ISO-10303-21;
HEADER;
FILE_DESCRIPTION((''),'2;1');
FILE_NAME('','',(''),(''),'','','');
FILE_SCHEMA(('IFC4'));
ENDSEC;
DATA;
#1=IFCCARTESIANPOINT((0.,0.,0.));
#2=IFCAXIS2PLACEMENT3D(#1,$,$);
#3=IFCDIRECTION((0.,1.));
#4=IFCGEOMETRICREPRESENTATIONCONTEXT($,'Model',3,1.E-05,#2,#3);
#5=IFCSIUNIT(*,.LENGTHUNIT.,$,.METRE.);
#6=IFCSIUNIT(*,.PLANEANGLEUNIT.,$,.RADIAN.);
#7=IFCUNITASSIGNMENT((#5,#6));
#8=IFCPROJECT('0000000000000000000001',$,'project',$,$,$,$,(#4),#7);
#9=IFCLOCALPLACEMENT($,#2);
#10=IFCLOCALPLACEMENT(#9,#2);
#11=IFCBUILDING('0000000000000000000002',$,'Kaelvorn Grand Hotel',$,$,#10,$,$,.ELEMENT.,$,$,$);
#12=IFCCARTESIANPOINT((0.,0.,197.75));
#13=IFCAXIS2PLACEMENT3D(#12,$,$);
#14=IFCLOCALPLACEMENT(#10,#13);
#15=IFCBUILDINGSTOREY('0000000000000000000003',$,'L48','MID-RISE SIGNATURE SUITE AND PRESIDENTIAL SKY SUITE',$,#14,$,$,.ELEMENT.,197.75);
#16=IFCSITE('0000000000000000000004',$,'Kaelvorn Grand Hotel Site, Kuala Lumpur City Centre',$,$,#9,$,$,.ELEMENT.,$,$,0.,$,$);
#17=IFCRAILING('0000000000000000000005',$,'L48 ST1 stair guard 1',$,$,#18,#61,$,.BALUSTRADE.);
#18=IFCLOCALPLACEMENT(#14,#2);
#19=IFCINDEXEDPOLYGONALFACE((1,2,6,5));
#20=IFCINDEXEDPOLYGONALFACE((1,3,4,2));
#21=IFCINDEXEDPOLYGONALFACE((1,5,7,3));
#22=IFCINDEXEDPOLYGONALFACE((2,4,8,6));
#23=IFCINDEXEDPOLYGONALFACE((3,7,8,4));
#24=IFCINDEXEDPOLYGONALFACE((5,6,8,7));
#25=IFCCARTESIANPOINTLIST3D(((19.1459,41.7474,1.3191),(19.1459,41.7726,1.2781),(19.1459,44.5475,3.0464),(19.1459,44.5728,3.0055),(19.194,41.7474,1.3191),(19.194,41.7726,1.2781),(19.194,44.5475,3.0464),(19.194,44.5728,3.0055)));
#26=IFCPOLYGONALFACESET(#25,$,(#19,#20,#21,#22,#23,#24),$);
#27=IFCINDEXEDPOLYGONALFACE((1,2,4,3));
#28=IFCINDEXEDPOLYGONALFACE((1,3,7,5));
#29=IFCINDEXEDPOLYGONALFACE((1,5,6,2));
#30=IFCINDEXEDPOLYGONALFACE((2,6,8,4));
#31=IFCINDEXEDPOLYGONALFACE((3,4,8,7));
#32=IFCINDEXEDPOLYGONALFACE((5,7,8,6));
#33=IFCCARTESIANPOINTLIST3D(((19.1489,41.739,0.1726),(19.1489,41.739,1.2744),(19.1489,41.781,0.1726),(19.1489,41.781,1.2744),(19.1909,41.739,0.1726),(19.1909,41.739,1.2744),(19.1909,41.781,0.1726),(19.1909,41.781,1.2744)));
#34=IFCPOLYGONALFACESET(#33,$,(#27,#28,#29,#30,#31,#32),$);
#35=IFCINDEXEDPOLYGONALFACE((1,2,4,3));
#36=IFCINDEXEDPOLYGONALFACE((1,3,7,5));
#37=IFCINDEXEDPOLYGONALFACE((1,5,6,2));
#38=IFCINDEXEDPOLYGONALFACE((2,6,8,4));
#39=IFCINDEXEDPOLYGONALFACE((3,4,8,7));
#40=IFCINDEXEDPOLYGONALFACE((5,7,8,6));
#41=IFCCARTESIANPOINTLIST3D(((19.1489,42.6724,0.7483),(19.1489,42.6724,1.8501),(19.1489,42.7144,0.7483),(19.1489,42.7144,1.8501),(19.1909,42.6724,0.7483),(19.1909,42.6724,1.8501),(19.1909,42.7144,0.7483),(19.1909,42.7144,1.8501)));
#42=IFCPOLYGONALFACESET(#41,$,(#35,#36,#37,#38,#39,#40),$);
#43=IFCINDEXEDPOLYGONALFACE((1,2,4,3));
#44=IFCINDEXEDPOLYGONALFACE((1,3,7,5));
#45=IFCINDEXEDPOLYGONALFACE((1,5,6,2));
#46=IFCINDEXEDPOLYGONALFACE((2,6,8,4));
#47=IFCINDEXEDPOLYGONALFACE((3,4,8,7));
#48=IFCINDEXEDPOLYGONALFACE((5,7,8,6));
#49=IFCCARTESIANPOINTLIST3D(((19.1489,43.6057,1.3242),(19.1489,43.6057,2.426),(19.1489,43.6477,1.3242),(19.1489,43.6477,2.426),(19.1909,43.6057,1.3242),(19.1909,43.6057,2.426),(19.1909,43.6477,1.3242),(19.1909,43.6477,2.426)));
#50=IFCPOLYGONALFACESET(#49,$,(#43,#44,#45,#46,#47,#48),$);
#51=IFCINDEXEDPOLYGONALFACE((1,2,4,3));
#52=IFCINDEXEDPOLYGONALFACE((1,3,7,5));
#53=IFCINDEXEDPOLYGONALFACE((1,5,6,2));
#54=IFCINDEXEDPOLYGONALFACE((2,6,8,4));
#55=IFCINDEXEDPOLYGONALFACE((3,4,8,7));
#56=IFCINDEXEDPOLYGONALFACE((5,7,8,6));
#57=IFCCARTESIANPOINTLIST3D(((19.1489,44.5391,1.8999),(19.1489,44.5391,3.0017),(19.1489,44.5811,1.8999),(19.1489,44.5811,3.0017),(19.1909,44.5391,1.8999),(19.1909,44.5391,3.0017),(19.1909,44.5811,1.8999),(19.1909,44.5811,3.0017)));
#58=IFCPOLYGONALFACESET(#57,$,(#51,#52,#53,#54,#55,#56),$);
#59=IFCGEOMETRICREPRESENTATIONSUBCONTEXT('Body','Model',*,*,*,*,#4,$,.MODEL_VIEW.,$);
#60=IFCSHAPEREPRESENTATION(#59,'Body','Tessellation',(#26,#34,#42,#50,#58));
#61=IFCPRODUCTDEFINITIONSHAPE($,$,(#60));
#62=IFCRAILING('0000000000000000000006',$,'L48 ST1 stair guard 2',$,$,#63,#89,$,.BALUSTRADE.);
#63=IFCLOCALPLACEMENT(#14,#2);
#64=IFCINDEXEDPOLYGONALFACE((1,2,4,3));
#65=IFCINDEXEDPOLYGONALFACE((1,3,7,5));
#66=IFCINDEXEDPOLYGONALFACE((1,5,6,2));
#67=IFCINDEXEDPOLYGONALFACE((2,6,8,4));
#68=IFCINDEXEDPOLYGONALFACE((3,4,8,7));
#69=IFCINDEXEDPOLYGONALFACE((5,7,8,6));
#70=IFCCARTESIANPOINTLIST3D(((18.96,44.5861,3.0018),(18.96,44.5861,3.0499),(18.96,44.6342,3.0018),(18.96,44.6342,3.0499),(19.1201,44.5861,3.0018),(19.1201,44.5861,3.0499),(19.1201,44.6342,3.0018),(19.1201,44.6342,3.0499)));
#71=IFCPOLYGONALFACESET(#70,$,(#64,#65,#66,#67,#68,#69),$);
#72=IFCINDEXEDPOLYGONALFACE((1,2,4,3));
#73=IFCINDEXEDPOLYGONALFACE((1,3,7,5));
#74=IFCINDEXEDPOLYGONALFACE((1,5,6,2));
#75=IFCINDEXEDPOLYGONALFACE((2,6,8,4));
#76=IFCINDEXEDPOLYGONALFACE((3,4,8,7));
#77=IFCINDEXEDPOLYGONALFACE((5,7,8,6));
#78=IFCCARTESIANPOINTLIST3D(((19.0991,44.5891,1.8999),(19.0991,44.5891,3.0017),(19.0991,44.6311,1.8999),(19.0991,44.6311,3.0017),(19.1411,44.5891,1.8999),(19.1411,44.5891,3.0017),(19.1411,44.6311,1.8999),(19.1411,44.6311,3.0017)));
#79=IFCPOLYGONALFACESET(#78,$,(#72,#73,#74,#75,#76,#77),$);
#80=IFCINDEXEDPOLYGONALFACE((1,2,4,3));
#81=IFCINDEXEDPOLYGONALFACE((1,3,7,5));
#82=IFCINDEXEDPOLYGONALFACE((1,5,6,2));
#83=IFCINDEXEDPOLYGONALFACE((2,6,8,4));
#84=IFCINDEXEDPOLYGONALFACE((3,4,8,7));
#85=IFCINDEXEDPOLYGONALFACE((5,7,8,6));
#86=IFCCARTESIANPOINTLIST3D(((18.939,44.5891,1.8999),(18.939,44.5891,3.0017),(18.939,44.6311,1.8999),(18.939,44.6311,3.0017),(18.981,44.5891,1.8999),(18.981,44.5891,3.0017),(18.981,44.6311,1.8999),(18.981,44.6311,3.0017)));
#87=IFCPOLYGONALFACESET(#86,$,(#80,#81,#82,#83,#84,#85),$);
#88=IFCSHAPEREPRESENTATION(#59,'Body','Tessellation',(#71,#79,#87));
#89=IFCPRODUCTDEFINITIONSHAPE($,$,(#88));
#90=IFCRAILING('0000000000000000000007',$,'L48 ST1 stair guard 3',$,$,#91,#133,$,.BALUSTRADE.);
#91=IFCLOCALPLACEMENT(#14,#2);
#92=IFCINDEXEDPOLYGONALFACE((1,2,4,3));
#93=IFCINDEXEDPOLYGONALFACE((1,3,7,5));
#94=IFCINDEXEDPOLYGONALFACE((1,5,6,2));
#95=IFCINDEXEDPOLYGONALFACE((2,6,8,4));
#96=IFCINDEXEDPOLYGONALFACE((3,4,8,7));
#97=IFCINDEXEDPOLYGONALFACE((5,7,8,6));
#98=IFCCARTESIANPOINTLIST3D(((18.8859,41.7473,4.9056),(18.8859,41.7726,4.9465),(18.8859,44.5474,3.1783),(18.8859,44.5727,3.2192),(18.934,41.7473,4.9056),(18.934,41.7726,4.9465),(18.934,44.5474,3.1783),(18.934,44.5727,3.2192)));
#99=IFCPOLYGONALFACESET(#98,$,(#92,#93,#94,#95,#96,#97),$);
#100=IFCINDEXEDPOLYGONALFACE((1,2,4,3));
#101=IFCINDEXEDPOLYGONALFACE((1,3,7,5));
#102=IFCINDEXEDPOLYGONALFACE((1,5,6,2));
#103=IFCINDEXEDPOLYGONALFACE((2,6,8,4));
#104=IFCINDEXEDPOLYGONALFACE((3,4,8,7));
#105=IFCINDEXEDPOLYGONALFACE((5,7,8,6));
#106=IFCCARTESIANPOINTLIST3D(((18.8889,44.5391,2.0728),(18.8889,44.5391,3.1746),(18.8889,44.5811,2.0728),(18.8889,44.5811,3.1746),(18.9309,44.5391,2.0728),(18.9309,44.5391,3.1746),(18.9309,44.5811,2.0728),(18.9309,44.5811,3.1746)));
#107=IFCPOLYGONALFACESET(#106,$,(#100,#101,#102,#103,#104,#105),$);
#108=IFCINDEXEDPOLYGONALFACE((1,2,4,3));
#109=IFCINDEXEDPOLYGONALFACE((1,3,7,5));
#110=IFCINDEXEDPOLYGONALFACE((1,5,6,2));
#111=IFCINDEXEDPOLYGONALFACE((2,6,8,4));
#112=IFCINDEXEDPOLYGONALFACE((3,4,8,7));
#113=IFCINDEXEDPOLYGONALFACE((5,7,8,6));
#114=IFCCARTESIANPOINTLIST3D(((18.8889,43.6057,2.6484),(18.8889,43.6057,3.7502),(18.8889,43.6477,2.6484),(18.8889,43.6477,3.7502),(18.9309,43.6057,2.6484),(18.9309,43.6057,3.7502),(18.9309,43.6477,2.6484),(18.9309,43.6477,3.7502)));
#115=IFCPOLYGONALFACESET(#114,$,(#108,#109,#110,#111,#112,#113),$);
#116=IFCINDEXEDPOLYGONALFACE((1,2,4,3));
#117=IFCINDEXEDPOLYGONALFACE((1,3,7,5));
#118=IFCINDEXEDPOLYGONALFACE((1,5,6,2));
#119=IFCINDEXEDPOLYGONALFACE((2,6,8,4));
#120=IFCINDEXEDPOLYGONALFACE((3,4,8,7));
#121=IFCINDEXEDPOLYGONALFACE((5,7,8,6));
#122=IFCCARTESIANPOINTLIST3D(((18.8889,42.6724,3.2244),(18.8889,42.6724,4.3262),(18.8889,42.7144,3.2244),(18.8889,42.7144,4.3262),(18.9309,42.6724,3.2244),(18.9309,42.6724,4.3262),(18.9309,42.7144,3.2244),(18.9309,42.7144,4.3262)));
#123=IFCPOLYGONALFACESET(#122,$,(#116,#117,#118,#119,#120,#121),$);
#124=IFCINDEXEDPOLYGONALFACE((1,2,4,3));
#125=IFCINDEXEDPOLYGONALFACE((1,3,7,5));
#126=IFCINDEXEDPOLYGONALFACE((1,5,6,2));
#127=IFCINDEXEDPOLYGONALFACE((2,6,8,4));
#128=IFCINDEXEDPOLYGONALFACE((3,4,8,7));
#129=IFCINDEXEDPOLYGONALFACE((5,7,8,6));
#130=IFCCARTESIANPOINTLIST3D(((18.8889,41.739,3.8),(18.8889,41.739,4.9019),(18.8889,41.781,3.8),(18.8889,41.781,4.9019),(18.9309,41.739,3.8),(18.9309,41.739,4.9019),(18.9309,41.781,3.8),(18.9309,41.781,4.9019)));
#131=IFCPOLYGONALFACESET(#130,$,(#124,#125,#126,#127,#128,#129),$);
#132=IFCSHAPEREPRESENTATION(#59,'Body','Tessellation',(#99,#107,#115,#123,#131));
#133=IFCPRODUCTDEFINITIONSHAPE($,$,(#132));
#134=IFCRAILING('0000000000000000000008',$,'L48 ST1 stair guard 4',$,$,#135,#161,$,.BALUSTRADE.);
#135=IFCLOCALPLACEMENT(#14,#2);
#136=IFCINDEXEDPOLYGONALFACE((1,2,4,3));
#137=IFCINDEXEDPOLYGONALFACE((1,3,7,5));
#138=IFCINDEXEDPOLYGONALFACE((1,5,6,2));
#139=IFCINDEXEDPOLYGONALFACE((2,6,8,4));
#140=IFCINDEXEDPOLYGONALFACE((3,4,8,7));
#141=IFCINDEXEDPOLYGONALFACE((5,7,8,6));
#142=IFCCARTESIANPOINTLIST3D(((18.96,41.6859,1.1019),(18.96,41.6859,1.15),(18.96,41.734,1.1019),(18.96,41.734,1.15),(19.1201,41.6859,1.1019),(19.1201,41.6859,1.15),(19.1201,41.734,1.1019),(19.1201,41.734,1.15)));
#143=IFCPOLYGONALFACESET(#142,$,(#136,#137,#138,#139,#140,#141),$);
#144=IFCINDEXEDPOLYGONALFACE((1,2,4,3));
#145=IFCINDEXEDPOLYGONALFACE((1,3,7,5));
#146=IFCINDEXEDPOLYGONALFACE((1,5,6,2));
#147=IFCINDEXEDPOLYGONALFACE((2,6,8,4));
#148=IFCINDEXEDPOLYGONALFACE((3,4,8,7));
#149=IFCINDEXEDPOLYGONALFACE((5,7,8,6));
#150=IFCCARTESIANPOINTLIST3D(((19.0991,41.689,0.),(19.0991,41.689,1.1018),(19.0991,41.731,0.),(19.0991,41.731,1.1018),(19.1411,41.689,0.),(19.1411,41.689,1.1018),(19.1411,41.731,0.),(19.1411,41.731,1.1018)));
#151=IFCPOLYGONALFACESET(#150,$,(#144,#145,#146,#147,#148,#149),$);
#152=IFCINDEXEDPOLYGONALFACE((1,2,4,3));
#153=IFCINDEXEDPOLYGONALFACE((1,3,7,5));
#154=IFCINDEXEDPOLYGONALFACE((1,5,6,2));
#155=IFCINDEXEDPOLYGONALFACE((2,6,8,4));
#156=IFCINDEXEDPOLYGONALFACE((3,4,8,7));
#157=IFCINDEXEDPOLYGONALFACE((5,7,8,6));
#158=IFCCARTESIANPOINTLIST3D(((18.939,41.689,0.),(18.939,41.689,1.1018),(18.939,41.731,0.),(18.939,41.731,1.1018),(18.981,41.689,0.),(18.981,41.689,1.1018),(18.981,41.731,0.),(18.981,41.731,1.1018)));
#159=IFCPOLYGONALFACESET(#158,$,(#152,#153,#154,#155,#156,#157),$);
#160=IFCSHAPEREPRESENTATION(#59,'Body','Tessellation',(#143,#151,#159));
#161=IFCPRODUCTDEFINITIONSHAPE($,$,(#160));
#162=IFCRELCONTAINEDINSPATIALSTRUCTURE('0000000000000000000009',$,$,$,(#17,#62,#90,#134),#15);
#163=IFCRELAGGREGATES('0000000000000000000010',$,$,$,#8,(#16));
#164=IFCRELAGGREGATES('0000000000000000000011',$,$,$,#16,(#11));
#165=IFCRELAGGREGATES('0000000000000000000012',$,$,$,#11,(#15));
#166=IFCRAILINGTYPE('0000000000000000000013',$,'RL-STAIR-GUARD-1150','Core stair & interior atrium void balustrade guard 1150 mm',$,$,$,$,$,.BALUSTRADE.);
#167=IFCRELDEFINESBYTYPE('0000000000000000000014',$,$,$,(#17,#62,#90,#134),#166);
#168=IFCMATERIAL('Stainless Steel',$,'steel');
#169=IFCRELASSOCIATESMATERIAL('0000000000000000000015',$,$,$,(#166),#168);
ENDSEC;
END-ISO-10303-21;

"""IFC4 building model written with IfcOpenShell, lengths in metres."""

from ifc_helpers import new_model, si_unit, direction, frame, origin, origin_2d, place, context, subcontext, project, spatial, rectangle, extrude, material, type_object, element, save


model = new_model("IFC4")

# Units and contexts
model_context = context("Model", 3, precision=1e-05, world=origin(), true_north=direction((0.0, 1.0)))
body_context = subcontext(model_context, "Body", "Model", "MODEL_VIEW")
ifc_project = project(units=[si_unit("LENGTHUNIT", "METRE"), si_unit("PLANEANGLEUNIT", "RADIAN")], contexts=[model_context])

# Site, building, storey
site_placement = place(None, origin())
site = spatial("IfcSite", under=ifc_project, at=site_placement, Name="Kaelvorn Grand Hotel Site, Kuala Lumpur City Centre", CompositionType="ELEMENT", RefElevation=0.0)
building_placement = place(site_placement, origin())
building = spatial("IfcBuilding", under=site, at=building_placement, Name="Kaelvorn Grand Hotel", CompositionType="ELEMENT")
storey_placement = place(building_placement, frame((0.0, 0.0, 197.75)))
storey = spatial("IfcBuildingStorey", under=building, at=storey_placement, Name="L48", Description="MID-RISE SIGNATURE SUITE AND PRESIDENTIAL SKY SUITE", CompositionType="ELEMENT", Elevation=197.75)

# Railings
ifc_material_1 = material(Name="Stainless Steel", Category="steel")
railing_type_1 = type_object("IfcRailingType", Name="RL-STAIR-GUARD-1150", Description="Core stair & interior atrium void balustrade guard 1150 mm", PredefinedType="BALUSTRADE", material=ifc_material_1)
railing_1_placement = place(storey_placement, frame((19.1699, 41.76, 0.1726)))
element("IfcRailing", 1, at=railing_1_placement, inside=storey, type_object=railing_type_1, Name="L48 ST1 stair guard 1", PredefinedType="BALUSTRADE", context=body_context, shape_type="SweptSolid", body=[
    extrude(rectangle(XDim=0.0481, YDim=0.0481, at=origin_2d()), frame((0.0, 0.0, 1.126), z_axis=(0.0, 0.85109, 0.52502), x_axis=(-1.0, 0.0, 0.0)), (0.0, 0.0, 1.0), 3.29),
    extrude(rectangle(XDim=0.042, YDim=0.042, at=origin_2d()), origin(), (0.0, 0.0, 1.0), 1.1018),
    extrude(rectangle(XDim=0.042, YDim=0.042, at=origin_2d()), frame((0.0, 0.9333, 0.5757)), (0.0, 0.0, 1.0), 1.1018),
    extrude(rectangle(XDim=0.042, YDim=0.042, at=origin_2d()), frame((0.0, 1.8667, 1.1516)), (0.0, 0.0, 1.0), 1.1018),
    extrude(rectangle(XDim=0.042, YDim=0.042, at=origin_2d()), frame((0.0, 2.8, 1.7273)), (0.0, 0.0, 1.0), 1.1018),
])
railing_2_placement = place(storey_placement, frame((19.1201, 44.6101, 1.8999)))
element("IfcRailing", 2, at=railing_2_placement, inside=storey, type_object=railing_type_1, Name="L48 ST1 stair guard 2", PredefinedType="BALUSTRADE", context=body_context, shape_type="SweptSolid", body=[
    extrude(rectangle(XDim=0.0481, YDim=0.0481, at=origin_2d()), frame((0.0, 0.0, 1.126), z_axis=(-1.0, 0.0, 0.0), x_axis=(0.0, -1.0, 0.0)), (0.0, 0.0, 1.0), 0.1602),
    extrude(rectangle(XDim=0.042, YDim=0.042, at=origin_2d()), origin(), (0.0, 0.0, 1.0), 1.1018),
    extrude(rectangle(XDim=0.042, YDim=0.042, at=origin_2d()), frame((-0.1602, 0.0, 0.0)), (0.0, 0.0, 1.0), 1.1018),
])
railing_3_placement = place(storey_placement, frame((18.9099, 44.5601, 2.0728)))
element("IfcRailing", 3, at=railing_3_placement, inside=storey, type_object=railing_type_1, Name="L48 ST1 stair guard 3", PredefinedType="BALUSTRADE", context=body_context, shape_type="SweptSolid", body=[
    extrude(rectangle(XDim=0.0481, YDim=0.0481, at=origin_2d()), frame((0.0, 0.0, 1.126), z_axis=(0.0, -0.85109, 0.52502), x_axis=(1.0, 0.0, 0.0)), (0.0, 0.0, 1.0), 3.29),
    extrude(rectangle(XDim=0.042, YDim=0.042, at=origin_2d()), origin(), (0.0, 0.0, 1.0), 1.1018),
    extrude(rectangle(XDim=0.042, YDim=0.042, at=origin_2d()), frame((0.0, -0.9333, 0.5757)), (0.0, 0.0, 1.0), 1.1018),
    extrude(rectangle(XDim=0.042, YDim=0.042, at=origin_2d()), frame((0.0, -1.8667, 1.1516)), (0.0, 0.0, 1.0), 1.1018),
    extrude(rectangle(XDim=0.042, YDim=0.042, at=origin_2d()), frame((0.0, -2.8, 1.7273)), (0.0, 0.0, 1.0), 1.1018),
])
railing_4_placement = place(storey_placement, frame((19.1201, 41.71, 0.0)))
element("IfcRailing", 4, at=railing_4_placement, inside=storey, type_object=railing_type_1, Name="L48 ST1 stair guard 4", PredefinedType="BALUSTRADE", context=body_context, shape_type="SweptSolid", body=[
    extrude(rectangle(XDim=0.0481, YDim=0.0481, at=origin_2d()), frame((0.0, 0.0, 1.126), z_axis=(-1.0, 0.0, 0.0), x_axis=(0.0, -1.0, 0.0)), (0.0, 0.0, 1.0), 0.1602),
    extrude(rectangle(XDim=0.042, YDim=0.042, at=origin_2d()), origin(), (0.0, 0.0, 1.0), 1.1018),
    extrude(rectangle(XDim=0.042, YDim=0.042, at=origin_2d()), frame((-0.1602, 0.0, 0.0)), (0.0, 0.0, 1.0), 1.1018),
])

save(model, "model.ifc")
